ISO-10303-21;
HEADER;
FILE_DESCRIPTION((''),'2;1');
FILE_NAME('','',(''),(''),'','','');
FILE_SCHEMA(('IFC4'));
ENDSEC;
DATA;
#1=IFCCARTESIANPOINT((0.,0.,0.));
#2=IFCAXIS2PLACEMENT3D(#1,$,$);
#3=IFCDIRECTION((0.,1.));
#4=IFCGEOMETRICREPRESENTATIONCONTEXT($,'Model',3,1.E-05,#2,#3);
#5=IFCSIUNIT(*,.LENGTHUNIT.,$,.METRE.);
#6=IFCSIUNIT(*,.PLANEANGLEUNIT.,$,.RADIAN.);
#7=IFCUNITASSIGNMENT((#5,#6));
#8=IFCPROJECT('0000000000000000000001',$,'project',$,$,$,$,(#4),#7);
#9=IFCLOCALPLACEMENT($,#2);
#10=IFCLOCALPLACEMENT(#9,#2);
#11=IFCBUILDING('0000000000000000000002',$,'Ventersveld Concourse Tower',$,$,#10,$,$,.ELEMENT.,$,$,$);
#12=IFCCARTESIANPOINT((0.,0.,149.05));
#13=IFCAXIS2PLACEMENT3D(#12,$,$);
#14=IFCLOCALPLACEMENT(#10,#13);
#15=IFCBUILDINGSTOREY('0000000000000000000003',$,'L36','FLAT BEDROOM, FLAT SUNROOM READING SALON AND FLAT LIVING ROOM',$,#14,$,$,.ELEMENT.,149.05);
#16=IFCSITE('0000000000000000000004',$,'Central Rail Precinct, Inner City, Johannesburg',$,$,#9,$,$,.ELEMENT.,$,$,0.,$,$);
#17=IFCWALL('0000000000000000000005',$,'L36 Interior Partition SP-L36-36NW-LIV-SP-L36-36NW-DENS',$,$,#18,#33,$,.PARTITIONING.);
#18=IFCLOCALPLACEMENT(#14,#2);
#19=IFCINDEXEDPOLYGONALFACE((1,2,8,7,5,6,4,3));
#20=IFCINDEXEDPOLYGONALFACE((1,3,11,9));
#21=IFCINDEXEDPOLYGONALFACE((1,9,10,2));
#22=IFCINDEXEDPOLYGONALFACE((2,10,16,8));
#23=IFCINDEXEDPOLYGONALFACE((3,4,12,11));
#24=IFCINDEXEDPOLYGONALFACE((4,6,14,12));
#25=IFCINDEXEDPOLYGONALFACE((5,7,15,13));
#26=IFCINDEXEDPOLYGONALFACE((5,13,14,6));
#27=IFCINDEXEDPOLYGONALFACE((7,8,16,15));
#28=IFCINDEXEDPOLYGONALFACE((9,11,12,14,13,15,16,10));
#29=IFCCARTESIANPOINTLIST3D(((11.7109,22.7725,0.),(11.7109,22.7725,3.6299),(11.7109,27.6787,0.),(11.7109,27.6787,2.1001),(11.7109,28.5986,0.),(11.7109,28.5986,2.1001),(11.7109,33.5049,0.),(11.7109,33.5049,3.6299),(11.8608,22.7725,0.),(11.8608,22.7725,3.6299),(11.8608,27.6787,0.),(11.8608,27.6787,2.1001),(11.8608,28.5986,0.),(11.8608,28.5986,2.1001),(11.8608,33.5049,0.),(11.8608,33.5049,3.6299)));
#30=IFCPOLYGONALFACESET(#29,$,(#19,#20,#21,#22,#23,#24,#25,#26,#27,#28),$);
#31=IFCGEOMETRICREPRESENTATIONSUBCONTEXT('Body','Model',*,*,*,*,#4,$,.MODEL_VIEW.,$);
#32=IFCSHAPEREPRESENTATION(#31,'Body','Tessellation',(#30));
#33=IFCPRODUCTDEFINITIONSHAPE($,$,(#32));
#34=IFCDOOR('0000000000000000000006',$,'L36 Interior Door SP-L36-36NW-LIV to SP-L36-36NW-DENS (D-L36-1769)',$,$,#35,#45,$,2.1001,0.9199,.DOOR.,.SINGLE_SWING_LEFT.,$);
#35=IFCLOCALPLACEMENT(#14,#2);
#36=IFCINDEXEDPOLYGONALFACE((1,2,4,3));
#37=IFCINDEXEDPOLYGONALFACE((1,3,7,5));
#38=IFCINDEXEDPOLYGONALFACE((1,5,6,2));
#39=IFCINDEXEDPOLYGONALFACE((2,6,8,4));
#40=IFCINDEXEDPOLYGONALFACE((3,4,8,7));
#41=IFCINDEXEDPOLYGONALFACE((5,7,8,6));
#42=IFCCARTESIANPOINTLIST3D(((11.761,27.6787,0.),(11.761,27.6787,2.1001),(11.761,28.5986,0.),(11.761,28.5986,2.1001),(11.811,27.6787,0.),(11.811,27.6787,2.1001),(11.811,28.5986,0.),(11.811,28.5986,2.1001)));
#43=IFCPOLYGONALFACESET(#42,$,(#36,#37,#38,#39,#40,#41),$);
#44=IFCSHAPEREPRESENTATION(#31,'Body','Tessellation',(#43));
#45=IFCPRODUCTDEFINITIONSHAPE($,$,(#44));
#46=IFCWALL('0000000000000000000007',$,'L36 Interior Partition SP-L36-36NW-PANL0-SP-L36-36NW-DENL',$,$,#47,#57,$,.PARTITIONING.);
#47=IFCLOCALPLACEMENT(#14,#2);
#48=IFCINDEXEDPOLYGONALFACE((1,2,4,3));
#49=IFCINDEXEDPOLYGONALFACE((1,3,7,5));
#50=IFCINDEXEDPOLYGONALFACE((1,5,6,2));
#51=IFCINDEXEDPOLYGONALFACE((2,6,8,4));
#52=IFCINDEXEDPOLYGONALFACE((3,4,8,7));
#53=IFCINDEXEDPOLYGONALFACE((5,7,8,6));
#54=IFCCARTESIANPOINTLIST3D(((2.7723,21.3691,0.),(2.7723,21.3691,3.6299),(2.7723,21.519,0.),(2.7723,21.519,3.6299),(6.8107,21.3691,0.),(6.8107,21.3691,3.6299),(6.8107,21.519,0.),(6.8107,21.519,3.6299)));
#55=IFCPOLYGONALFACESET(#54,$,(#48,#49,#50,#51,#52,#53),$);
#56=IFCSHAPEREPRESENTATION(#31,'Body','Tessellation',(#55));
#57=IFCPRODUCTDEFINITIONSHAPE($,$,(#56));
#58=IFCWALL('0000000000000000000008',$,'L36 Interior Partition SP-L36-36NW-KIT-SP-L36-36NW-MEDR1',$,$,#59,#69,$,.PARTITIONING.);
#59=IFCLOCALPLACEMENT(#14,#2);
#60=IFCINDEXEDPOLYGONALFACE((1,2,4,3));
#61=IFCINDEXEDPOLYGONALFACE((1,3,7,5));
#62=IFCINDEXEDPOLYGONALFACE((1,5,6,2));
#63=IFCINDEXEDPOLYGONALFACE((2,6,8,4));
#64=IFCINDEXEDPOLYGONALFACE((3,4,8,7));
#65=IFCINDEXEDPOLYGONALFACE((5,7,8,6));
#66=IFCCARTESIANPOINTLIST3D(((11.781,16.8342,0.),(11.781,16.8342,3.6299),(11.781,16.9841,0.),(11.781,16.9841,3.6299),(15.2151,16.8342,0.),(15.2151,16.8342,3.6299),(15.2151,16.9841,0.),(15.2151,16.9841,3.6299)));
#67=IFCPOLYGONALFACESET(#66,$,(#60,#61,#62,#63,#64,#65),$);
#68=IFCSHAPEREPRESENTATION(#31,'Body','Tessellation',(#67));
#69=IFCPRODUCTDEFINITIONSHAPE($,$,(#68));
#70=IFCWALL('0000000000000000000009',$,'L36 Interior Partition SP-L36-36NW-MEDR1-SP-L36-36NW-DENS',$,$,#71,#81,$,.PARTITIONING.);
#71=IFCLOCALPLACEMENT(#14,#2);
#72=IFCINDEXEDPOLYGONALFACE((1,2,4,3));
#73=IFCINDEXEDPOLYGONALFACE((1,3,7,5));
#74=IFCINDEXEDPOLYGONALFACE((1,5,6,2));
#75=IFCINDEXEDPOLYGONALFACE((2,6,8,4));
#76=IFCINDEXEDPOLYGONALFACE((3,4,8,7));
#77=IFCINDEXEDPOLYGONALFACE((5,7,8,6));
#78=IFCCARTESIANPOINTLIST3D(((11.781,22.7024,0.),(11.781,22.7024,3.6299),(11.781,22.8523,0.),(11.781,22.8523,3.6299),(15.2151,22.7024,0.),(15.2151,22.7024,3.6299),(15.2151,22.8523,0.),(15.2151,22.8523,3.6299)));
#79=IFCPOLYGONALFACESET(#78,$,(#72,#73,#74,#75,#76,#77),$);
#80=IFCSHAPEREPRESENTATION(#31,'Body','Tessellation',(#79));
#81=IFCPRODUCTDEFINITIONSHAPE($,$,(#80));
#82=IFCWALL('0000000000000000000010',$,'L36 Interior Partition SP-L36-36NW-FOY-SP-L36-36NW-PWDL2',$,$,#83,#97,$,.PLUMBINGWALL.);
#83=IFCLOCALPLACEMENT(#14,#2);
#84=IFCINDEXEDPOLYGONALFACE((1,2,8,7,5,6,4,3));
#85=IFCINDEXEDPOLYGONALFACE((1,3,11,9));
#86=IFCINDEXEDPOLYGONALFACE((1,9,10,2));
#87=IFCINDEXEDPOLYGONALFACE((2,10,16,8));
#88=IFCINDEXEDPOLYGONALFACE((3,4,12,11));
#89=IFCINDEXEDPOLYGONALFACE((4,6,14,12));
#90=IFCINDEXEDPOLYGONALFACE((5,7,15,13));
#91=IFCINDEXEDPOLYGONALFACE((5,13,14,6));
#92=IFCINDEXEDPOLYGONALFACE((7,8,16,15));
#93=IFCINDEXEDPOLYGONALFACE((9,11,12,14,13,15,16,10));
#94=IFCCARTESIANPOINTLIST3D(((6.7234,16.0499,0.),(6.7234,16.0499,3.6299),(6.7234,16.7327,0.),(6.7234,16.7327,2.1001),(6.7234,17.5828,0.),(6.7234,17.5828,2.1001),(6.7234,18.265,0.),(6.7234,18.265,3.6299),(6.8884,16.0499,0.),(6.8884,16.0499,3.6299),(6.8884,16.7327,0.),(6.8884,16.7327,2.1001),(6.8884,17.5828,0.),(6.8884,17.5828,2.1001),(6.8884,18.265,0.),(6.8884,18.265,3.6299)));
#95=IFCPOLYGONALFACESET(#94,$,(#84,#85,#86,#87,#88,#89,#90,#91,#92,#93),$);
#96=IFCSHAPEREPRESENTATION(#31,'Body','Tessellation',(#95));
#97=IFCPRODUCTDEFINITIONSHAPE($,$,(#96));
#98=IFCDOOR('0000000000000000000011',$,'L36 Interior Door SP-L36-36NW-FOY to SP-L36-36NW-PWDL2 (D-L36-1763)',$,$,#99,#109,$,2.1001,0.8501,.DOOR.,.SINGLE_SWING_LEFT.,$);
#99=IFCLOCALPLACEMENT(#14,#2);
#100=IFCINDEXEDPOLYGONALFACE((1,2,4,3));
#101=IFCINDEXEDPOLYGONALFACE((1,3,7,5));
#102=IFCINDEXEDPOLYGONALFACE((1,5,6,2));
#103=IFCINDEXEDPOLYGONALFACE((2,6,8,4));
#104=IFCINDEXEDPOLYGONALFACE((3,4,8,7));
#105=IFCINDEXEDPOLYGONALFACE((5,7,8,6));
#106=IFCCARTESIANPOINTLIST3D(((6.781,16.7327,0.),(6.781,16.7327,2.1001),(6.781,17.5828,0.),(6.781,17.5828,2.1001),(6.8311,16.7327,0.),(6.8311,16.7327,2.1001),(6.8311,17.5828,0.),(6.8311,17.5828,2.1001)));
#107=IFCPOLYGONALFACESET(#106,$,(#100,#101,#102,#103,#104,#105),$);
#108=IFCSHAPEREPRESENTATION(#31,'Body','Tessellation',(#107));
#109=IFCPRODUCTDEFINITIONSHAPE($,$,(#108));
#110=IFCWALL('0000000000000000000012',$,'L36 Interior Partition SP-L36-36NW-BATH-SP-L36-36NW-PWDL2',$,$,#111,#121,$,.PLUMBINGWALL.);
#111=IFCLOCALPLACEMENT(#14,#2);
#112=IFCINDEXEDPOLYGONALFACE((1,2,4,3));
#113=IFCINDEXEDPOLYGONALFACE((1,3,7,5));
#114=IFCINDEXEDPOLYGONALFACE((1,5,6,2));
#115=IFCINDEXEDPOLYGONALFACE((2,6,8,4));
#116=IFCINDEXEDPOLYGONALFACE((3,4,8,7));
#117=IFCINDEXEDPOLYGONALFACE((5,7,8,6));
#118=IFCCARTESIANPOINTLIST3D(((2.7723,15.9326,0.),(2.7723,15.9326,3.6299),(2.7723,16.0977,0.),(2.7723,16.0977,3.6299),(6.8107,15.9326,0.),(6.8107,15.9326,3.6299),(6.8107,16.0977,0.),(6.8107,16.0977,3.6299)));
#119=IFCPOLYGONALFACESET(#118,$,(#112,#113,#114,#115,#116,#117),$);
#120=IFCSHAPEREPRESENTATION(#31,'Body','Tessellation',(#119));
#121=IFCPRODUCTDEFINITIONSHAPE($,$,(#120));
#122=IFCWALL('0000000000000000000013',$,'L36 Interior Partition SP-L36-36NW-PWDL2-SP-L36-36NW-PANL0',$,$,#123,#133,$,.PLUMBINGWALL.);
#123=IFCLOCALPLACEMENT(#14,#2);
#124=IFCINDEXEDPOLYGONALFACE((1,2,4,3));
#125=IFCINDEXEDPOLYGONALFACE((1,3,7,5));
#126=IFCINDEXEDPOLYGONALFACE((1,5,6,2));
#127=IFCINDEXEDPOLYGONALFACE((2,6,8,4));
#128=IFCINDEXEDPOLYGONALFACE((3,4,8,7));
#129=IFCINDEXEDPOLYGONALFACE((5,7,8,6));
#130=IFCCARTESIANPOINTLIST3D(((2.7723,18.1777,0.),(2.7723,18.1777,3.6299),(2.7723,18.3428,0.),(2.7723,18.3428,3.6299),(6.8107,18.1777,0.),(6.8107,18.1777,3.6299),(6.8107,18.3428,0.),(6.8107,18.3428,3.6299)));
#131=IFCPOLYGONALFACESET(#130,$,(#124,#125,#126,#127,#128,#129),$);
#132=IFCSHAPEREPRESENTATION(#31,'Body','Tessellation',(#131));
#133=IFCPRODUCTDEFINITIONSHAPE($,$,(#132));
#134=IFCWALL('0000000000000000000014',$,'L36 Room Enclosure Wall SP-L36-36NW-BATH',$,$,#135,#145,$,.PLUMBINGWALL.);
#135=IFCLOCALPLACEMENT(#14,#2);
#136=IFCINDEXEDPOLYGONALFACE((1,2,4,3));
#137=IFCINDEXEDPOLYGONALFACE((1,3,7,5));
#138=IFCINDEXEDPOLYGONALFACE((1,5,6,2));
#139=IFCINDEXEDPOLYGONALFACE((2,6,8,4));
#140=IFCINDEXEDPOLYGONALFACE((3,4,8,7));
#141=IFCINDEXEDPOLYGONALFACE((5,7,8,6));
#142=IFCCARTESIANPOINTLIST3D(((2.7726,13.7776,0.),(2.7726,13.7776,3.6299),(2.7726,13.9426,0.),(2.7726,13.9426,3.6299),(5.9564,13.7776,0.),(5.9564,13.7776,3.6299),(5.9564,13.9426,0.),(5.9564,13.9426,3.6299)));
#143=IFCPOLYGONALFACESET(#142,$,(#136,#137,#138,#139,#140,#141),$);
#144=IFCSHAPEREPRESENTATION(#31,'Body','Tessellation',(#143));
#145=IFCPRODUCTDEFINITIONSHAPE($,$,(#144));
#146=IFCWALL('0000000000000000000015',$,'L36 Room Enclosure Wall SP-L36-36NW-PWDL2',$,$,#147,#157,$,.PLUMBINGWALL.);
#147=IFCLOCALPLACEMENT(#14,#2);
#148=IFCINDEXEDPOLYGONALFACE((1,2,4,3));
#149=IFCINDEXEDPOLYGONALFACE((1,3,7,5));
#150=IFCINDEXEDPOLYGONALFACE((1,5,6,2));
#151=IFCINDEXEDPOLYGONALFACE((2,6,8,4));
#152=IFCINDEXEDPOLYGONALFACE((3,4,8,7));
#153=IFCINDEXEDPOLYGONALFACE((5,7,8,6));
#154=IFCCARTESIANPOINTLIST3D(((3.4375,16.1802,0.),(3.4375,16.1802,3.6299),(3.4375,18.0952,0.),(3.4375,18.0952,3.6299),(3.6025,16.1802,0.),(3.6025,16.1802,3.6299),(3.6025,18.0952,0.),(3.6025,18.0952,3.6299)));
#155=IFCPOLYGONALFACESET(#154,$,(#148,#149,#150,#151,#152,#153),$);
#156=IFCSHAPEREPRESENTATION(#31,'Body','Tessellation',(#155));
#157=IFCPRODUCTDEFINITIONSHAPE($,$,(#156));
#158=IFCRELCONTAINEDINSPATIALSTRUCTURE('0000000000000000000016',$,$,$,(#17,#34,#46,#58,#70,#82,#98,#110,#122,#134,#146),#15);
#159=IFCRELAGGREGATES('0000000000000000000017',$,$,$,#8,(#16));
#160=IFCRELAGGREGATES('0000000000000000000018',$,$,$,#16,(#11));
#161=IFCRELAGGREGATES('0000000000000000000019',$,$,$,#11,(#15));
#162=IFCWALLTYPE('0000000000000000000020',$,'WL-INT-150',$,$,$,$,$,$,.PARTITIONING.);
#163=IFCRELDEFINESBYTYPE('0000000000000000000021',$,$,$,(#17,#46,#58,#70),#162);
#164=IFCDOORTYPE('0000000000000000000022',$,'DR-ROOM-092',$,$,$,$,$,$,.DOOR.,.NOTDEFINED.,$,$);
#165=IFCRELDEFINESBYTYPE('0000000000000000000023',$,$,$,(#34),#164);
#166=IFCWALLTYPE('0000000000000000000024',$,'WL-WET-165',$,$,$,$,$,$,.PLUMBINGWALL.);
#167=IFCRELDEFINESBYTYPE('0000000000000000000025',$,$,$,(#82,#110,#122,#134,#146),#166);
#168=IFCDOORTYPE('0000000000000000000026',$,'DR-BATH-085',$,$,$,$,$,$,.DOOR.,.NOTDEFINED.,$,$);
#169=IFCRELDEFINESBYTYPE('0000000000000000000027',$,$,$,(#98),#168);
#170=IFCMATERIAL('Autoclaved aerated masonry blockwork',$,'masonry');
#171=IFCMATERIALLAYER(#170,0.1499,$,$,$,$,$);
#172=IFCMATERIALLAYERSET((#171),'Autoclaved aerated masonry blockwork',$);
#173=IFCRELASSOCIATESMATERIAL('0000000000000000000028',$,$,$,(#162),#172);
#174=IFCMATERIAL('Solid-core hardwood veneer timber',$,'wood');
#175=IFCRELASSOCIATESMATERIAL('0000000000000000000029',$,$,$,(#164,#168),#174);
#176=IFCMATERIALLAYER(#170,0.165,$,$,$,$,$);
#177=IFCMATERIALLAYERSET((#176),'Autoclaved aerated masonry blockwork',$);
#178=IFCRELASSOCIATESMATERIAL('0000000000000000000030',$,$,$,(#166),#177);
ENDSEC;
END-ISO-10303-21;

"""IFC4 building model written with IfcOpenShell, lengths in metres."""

from ifc_helpers import new_model, si_unit, direction, frame, frame_2d, origin, place, context, subcontext, project, spatial, rectangle, extrude, material, layer, layer_set, type_object, element, fill, save


model = new_model("IFC4")

# Units and contexts
model_context = context("Model", 3, precision=1e-05, world=origin(), true_north=direction((0.0, 1.0)))
body_context = subcontext(model_context, "Body", "Model", "MODEL_VIEW")
ifc_project = project(units=[si_unit("LENGTHUNIT", "METRE"), si_unit("PLANEANGLEUNIT", "RADIAN")], contexts=[model_context])

# Site, building, storey
site_placement = place(None, origin())
site = spatial("IfcSite", under=ifc_project, at=site_placement, Name="Central Rail Precinct, Inner City, Johannesburg", CompositionType="ELEMENT", RefElevation=0.0)
building_placement = place(site_placement, origin())
building = spatial("IfcBuilding", under=site, at=building_placement, Name="Ventersveld Concourse Tower", CompositionType="ELEMENT")
storey_placement = place(building_placement, frame((0.0, 0.0, 149.05)))
storey = spatial("IfcBuildingStorey", under=building, at=storey_placement, Name="L36", Description="FLAT BEDROOM, FLAT SUNROOM READING SALON AND FLAT LIVING ROOM", CompositionType="ELEMENT", Elevation=149.05)

# Wall, opening, door
ifc_material_1 = material(Name="Autoclaved aerated masonry blockwork", Category="masonry")
ifc_layer_1 = layer(ifc_material_1, 0.1499)
ifc_layer_set_1 = layer_set([ifc_layer_1], Name="Autoclaved aerated masonry blockwork")
wall_type_1 = type_object("IfcWallType", Name="WL-INT-150", PredefinedType="PARTITIONING", material=ifc_layer_set_1)
ifc_material_2 = material(Name="Solid-core hardwood veneer timber", Category="wood")
door_type_1 = type_object("IfcDoorType", Name="DR-ROOM-092", OperationType="NOTDEFINED", PredefinedType="DOOR", material=ifc_material_2)
wall_1_placement = place(storey_placement, frame((11.7859, 22.7725, 0.0), z_axis=(0.0, 0.0, 1.0), x_axis=(0.0, 1.0, 0.0)))
wall_1 = element("IfcWall", 1, at=wall_1_placement, inside=storey, type_object=wall_type_1, Name="L36 Interior Partition SP-L36-36NW-LIV-SP-L36-36NW-DENS", PredefinedType="PARTITIONING", context=body_context, shape_type="SweptSolid", body=[
    extrude(rectangle(XDim=10.7324, YDim=0.1499, at=frame_2d((5.3662, 0.0))), origin(), (0.0, 0.0, 1.0), 3.6299),
])
opening_1_placement = place(wall_1_placement, frame((4.9062, 0.0, 0.0)))
opening_1 = element("IfcOpeningElement", 2, at=opening_1_placement, cuts=wall_1, PredefinedType="OPENING", context=body_context, shape_type="SweptSolid", body=[
    extrude(rectangle(XDim=0.9199, YDim=2.1001, at=frame_2d((0.46, 1.05))), frame((0.0, 0.085, 0.0), z_axis=(0.0, -1.0, 0.0), x_axis=(1.0, 0.0, 0.0)), (0.0, 0.0, 1.0), 0.1699),
])
door_1_placement = place(opening_1_placement, origin())
door_1 = element("IfcDoor", 3, at=door_1_placement, inside=storey, type_object=door_type_1, Name="L36 Interior Door SP-L36-36NW-LIV to SP-L36-36NW-DENS (D-L36-1769)", OperationType="SINGLE_SWING_LEFT", OverallHeight=2.1001, OverallWidth=0.9199, PredefinedType="DOOR", context=body_context, shape_type="SweptSolid", body=[
    extrude(rectangle(XDim=0.9199, YDim=2.1001, at=frame_2d((0.46, 1.05))), frame((0.0, 0.0249, 0.0), z_axis=(0.0, -1.0, 0.0), x_axis=(1.0, 0.0, 0.0)), (0.0, 0.0, 1.0), 0.05),
])
fill(opening_1, door_1)

# Walls
wall_2_placement = place(storey_placement, frame((2.7725, 21.4441, 0.0), z_axis=(0.0, 0.0, 1.0), x_axis=(1.0, 0.0, 0.0)))
element("IfcWall", 4, at=wall_2_placement, inside=storey, type_object=wall_type_1, Name="L36 Interior Partition SP-L36-36NW-PANL0-SP-L36-36NW-DENL", PredefinedType="PARTITIONING", context=body_context, shape_type="SweptSolid", body=[
    extrude(rectangle(XDim=4.0383, YDim=0.1499, at=frame_2d((2.019, 0.0))), origin(), (0.0, 0.0, 1.0), 3.6299),
])
for number, where, z_axis, x_axis, name in (
    (5, (11.781, 16.9092, 0.0), (0.0, 0.0, 1.0), (1.0, 0.0, 0.0), "L36 Interior Partition SP-L36-36NW-KIT-SP-L36-36NW-MEDR1"),
    (6, (11.781, 22.7773, 0.0), (0.0, 0.0, 1.0), (1.0, 0.0, 0.0), "L36 Interior Partition SP-L36-36NW-MEDR1-SP-L36-36NW-DENS"),
):
    element("IfcWall", number, at=place(storey_placement, frame(where, z_axis=z_axis, x_axis=x_axis)), inside=storey, type_object=wall_type_1, Name=name, PredefinedType="PARTITIONING", context=body_context, shape_type="SweptSolid", body=[
        extrude(rectangle(XDim=3.4341, YDim=0.1499, at=frame_2d((1.717, 0.0))), origin(), (0.0, 0.0, 1.0), 3.6299),
    ])

# Wall, opening, door
ifc_layer_2 = layer(ifc_material_1, 0.165)
ifc_layer_set_2 = layer_set([ifc_layer_2], Name="Autoclaved aerated masonry blockwork")
wall_type_2 = type_object("IfcWallType", Name="WL-WET-165", PredefinedType="PLUMBINGWALL", material=ifc_layer_set_2)
wall_3_placement = place(storey_placement, frame((6.8059, 16.05, 0.0), z_axis=(0.0, 0.0, 1.0), x_axis=(0.0, 1.0, 0.0)))
wall_3 = element("IfcWall", 7, at=wall_3_placement, inside=storey, type_object=wall_type_2, Name="L36 Interior Partition SP-L36-36NW-FOY-SP-L36-36NW-PWDL2", PredefinedType="PLUMBINGWALL", context=body_context, shape_type="SweptSolid", body=[
    extrude(rectangle(XDim=2.2151, YDim=0.165, at=frame_2d((1.1074, 0.0))), origin(), (0.0, 0.0, 1.0), 3.6299),
])
opening_2_placement = place(wall_3_placement, frame((0.6826, 0.0, 0.0)))
opening_2 = element("IfcOpeningElement", 8, at=opening_2_placement, cuts=wall_3, PredefinedType="OPENING", context=body_context, shape_type="SweptSolid", body=[
    extrude(rectangle(XDim=0.8501, YDim=2.1001, at=frame_2d((0.425, 1.05))), frame((0.0, 0.0925, 0.0), z_axis=(0.0, -1.0, 0.0), x_axis=(1.0, 0.0, 0.0)), (0.0, 0.0, 1.0), 0.1851),
])
door_type_2 = type_object("IfcDoorType", Name="DR-BATH-085", OperationType="NOTDEFINED", PredefinedType="DOOR", material=ifc_material_2)
door_2_placement = place(opening_2_placement, origin())
door_2 = element("IfcDoor", 9, at=door_2_placement, inside=storey, type_object=door_type_2, Name="L36 Interior Door SP-L36-36NW-FOY to SP-L36-36NW-PWDL2 (D-L36-1763)", OperationType="SINGLE_SWING_LEFT", OverallHeight=2.1001, OverallWidth=0.8501, PredefinedType="DOOR", context=body_context, shape_type="SweptSolid", body=[
    extrude(rectangle(XDim=0.8501, YDim=2.1001, at=frame_2d((0.425, 1.05))), frame((0.0, 0.0249, 0.0), z_axis=(0.0, -1.0, 0.0), x_axis=(1.0, 0.0, 0.0)), (0.0, 0.0, 1.0), 0.05),
])
fill(opening_2, door_2)

# Walls
for number, where, z_axis, x_axis, name in (
    (10, (2.7725, 16.0151, 0.0), (0.0, 0.0, 1.0), (1.0, 0.0, 0.0), "L36 Interior Partition SP-L36-36NW-BATH-SP-L36-36NW-PWDL2"),
    (11, (2.7725, 18.2603, 0.0), (0.0, 0.0, 1.0), (1.0, 0.0, 0.0), "L36 Interior Partition SP-L36-36NW-PWDL2-SP-L36-36NW-PANL0"),
):
    element("IfcWall", number, at=place(storey_placement, frame(where, z_axis=z_axis, x_axis=x_axis)), inside=storey, type_object=wall_type_2, Name=name, PredefinedType="PLUMBINGWALL", context=body_context, shape_type="SweptSolid", body=[
        extrude(rectangle(XDim=4.0383, YDim=0.165, at=frame_2d((2.019, 0.0))), origin(), (0.0, 0.0, 1.0), 3.6299),
    ])
wall_4_placement = place(storey_placement, frame((5.9563, 13.8601, 0.0), z_axis=(0.0, 0.0, 1.0), x_axis=(-1.0, 0.0, 0.0)))
element("IfcWall", 12, at=wall_4_placement, inside=storey, type_object=wall_type_2, Name="L36 Room Enclosure Wall SP-L36-36NW-BATH", PredefinedType="PLUMBINGWALL", context=body_context, shape_type="SweptSolid", body=[
    extrude(rectangle(XDim=3.1838, YDim=0.165, at=frame_2d((1.5918, 0.0))), origin(), (0.0, 0.0, 1.0), 3.6299),
])
wall_5_placement = place(storey_placement, frame((3.52, 16.1802, 0.0), z_axis=(0.0, 0.0, 1.0), x_axis=(0.0, 1.0, 0.0)))
element("IfcWall", 13, at=wall_5_placement, inside=storey, type_object=wall_type_2, Name="L36 Room Enclosure Wall SP-L36-36NW-PWDL2", PredefinedType="PLUMBINGWALL", context=body_context, shape_type="SweptSolid", body=[
    extrude(rectangle(XDim=1.915, YDim=0.165, at=frame_2d((0.9575, 0.0))), origin(), (0.0, 0.0, 1.0), 3.6299),
])

save(model, "model.ifc")
